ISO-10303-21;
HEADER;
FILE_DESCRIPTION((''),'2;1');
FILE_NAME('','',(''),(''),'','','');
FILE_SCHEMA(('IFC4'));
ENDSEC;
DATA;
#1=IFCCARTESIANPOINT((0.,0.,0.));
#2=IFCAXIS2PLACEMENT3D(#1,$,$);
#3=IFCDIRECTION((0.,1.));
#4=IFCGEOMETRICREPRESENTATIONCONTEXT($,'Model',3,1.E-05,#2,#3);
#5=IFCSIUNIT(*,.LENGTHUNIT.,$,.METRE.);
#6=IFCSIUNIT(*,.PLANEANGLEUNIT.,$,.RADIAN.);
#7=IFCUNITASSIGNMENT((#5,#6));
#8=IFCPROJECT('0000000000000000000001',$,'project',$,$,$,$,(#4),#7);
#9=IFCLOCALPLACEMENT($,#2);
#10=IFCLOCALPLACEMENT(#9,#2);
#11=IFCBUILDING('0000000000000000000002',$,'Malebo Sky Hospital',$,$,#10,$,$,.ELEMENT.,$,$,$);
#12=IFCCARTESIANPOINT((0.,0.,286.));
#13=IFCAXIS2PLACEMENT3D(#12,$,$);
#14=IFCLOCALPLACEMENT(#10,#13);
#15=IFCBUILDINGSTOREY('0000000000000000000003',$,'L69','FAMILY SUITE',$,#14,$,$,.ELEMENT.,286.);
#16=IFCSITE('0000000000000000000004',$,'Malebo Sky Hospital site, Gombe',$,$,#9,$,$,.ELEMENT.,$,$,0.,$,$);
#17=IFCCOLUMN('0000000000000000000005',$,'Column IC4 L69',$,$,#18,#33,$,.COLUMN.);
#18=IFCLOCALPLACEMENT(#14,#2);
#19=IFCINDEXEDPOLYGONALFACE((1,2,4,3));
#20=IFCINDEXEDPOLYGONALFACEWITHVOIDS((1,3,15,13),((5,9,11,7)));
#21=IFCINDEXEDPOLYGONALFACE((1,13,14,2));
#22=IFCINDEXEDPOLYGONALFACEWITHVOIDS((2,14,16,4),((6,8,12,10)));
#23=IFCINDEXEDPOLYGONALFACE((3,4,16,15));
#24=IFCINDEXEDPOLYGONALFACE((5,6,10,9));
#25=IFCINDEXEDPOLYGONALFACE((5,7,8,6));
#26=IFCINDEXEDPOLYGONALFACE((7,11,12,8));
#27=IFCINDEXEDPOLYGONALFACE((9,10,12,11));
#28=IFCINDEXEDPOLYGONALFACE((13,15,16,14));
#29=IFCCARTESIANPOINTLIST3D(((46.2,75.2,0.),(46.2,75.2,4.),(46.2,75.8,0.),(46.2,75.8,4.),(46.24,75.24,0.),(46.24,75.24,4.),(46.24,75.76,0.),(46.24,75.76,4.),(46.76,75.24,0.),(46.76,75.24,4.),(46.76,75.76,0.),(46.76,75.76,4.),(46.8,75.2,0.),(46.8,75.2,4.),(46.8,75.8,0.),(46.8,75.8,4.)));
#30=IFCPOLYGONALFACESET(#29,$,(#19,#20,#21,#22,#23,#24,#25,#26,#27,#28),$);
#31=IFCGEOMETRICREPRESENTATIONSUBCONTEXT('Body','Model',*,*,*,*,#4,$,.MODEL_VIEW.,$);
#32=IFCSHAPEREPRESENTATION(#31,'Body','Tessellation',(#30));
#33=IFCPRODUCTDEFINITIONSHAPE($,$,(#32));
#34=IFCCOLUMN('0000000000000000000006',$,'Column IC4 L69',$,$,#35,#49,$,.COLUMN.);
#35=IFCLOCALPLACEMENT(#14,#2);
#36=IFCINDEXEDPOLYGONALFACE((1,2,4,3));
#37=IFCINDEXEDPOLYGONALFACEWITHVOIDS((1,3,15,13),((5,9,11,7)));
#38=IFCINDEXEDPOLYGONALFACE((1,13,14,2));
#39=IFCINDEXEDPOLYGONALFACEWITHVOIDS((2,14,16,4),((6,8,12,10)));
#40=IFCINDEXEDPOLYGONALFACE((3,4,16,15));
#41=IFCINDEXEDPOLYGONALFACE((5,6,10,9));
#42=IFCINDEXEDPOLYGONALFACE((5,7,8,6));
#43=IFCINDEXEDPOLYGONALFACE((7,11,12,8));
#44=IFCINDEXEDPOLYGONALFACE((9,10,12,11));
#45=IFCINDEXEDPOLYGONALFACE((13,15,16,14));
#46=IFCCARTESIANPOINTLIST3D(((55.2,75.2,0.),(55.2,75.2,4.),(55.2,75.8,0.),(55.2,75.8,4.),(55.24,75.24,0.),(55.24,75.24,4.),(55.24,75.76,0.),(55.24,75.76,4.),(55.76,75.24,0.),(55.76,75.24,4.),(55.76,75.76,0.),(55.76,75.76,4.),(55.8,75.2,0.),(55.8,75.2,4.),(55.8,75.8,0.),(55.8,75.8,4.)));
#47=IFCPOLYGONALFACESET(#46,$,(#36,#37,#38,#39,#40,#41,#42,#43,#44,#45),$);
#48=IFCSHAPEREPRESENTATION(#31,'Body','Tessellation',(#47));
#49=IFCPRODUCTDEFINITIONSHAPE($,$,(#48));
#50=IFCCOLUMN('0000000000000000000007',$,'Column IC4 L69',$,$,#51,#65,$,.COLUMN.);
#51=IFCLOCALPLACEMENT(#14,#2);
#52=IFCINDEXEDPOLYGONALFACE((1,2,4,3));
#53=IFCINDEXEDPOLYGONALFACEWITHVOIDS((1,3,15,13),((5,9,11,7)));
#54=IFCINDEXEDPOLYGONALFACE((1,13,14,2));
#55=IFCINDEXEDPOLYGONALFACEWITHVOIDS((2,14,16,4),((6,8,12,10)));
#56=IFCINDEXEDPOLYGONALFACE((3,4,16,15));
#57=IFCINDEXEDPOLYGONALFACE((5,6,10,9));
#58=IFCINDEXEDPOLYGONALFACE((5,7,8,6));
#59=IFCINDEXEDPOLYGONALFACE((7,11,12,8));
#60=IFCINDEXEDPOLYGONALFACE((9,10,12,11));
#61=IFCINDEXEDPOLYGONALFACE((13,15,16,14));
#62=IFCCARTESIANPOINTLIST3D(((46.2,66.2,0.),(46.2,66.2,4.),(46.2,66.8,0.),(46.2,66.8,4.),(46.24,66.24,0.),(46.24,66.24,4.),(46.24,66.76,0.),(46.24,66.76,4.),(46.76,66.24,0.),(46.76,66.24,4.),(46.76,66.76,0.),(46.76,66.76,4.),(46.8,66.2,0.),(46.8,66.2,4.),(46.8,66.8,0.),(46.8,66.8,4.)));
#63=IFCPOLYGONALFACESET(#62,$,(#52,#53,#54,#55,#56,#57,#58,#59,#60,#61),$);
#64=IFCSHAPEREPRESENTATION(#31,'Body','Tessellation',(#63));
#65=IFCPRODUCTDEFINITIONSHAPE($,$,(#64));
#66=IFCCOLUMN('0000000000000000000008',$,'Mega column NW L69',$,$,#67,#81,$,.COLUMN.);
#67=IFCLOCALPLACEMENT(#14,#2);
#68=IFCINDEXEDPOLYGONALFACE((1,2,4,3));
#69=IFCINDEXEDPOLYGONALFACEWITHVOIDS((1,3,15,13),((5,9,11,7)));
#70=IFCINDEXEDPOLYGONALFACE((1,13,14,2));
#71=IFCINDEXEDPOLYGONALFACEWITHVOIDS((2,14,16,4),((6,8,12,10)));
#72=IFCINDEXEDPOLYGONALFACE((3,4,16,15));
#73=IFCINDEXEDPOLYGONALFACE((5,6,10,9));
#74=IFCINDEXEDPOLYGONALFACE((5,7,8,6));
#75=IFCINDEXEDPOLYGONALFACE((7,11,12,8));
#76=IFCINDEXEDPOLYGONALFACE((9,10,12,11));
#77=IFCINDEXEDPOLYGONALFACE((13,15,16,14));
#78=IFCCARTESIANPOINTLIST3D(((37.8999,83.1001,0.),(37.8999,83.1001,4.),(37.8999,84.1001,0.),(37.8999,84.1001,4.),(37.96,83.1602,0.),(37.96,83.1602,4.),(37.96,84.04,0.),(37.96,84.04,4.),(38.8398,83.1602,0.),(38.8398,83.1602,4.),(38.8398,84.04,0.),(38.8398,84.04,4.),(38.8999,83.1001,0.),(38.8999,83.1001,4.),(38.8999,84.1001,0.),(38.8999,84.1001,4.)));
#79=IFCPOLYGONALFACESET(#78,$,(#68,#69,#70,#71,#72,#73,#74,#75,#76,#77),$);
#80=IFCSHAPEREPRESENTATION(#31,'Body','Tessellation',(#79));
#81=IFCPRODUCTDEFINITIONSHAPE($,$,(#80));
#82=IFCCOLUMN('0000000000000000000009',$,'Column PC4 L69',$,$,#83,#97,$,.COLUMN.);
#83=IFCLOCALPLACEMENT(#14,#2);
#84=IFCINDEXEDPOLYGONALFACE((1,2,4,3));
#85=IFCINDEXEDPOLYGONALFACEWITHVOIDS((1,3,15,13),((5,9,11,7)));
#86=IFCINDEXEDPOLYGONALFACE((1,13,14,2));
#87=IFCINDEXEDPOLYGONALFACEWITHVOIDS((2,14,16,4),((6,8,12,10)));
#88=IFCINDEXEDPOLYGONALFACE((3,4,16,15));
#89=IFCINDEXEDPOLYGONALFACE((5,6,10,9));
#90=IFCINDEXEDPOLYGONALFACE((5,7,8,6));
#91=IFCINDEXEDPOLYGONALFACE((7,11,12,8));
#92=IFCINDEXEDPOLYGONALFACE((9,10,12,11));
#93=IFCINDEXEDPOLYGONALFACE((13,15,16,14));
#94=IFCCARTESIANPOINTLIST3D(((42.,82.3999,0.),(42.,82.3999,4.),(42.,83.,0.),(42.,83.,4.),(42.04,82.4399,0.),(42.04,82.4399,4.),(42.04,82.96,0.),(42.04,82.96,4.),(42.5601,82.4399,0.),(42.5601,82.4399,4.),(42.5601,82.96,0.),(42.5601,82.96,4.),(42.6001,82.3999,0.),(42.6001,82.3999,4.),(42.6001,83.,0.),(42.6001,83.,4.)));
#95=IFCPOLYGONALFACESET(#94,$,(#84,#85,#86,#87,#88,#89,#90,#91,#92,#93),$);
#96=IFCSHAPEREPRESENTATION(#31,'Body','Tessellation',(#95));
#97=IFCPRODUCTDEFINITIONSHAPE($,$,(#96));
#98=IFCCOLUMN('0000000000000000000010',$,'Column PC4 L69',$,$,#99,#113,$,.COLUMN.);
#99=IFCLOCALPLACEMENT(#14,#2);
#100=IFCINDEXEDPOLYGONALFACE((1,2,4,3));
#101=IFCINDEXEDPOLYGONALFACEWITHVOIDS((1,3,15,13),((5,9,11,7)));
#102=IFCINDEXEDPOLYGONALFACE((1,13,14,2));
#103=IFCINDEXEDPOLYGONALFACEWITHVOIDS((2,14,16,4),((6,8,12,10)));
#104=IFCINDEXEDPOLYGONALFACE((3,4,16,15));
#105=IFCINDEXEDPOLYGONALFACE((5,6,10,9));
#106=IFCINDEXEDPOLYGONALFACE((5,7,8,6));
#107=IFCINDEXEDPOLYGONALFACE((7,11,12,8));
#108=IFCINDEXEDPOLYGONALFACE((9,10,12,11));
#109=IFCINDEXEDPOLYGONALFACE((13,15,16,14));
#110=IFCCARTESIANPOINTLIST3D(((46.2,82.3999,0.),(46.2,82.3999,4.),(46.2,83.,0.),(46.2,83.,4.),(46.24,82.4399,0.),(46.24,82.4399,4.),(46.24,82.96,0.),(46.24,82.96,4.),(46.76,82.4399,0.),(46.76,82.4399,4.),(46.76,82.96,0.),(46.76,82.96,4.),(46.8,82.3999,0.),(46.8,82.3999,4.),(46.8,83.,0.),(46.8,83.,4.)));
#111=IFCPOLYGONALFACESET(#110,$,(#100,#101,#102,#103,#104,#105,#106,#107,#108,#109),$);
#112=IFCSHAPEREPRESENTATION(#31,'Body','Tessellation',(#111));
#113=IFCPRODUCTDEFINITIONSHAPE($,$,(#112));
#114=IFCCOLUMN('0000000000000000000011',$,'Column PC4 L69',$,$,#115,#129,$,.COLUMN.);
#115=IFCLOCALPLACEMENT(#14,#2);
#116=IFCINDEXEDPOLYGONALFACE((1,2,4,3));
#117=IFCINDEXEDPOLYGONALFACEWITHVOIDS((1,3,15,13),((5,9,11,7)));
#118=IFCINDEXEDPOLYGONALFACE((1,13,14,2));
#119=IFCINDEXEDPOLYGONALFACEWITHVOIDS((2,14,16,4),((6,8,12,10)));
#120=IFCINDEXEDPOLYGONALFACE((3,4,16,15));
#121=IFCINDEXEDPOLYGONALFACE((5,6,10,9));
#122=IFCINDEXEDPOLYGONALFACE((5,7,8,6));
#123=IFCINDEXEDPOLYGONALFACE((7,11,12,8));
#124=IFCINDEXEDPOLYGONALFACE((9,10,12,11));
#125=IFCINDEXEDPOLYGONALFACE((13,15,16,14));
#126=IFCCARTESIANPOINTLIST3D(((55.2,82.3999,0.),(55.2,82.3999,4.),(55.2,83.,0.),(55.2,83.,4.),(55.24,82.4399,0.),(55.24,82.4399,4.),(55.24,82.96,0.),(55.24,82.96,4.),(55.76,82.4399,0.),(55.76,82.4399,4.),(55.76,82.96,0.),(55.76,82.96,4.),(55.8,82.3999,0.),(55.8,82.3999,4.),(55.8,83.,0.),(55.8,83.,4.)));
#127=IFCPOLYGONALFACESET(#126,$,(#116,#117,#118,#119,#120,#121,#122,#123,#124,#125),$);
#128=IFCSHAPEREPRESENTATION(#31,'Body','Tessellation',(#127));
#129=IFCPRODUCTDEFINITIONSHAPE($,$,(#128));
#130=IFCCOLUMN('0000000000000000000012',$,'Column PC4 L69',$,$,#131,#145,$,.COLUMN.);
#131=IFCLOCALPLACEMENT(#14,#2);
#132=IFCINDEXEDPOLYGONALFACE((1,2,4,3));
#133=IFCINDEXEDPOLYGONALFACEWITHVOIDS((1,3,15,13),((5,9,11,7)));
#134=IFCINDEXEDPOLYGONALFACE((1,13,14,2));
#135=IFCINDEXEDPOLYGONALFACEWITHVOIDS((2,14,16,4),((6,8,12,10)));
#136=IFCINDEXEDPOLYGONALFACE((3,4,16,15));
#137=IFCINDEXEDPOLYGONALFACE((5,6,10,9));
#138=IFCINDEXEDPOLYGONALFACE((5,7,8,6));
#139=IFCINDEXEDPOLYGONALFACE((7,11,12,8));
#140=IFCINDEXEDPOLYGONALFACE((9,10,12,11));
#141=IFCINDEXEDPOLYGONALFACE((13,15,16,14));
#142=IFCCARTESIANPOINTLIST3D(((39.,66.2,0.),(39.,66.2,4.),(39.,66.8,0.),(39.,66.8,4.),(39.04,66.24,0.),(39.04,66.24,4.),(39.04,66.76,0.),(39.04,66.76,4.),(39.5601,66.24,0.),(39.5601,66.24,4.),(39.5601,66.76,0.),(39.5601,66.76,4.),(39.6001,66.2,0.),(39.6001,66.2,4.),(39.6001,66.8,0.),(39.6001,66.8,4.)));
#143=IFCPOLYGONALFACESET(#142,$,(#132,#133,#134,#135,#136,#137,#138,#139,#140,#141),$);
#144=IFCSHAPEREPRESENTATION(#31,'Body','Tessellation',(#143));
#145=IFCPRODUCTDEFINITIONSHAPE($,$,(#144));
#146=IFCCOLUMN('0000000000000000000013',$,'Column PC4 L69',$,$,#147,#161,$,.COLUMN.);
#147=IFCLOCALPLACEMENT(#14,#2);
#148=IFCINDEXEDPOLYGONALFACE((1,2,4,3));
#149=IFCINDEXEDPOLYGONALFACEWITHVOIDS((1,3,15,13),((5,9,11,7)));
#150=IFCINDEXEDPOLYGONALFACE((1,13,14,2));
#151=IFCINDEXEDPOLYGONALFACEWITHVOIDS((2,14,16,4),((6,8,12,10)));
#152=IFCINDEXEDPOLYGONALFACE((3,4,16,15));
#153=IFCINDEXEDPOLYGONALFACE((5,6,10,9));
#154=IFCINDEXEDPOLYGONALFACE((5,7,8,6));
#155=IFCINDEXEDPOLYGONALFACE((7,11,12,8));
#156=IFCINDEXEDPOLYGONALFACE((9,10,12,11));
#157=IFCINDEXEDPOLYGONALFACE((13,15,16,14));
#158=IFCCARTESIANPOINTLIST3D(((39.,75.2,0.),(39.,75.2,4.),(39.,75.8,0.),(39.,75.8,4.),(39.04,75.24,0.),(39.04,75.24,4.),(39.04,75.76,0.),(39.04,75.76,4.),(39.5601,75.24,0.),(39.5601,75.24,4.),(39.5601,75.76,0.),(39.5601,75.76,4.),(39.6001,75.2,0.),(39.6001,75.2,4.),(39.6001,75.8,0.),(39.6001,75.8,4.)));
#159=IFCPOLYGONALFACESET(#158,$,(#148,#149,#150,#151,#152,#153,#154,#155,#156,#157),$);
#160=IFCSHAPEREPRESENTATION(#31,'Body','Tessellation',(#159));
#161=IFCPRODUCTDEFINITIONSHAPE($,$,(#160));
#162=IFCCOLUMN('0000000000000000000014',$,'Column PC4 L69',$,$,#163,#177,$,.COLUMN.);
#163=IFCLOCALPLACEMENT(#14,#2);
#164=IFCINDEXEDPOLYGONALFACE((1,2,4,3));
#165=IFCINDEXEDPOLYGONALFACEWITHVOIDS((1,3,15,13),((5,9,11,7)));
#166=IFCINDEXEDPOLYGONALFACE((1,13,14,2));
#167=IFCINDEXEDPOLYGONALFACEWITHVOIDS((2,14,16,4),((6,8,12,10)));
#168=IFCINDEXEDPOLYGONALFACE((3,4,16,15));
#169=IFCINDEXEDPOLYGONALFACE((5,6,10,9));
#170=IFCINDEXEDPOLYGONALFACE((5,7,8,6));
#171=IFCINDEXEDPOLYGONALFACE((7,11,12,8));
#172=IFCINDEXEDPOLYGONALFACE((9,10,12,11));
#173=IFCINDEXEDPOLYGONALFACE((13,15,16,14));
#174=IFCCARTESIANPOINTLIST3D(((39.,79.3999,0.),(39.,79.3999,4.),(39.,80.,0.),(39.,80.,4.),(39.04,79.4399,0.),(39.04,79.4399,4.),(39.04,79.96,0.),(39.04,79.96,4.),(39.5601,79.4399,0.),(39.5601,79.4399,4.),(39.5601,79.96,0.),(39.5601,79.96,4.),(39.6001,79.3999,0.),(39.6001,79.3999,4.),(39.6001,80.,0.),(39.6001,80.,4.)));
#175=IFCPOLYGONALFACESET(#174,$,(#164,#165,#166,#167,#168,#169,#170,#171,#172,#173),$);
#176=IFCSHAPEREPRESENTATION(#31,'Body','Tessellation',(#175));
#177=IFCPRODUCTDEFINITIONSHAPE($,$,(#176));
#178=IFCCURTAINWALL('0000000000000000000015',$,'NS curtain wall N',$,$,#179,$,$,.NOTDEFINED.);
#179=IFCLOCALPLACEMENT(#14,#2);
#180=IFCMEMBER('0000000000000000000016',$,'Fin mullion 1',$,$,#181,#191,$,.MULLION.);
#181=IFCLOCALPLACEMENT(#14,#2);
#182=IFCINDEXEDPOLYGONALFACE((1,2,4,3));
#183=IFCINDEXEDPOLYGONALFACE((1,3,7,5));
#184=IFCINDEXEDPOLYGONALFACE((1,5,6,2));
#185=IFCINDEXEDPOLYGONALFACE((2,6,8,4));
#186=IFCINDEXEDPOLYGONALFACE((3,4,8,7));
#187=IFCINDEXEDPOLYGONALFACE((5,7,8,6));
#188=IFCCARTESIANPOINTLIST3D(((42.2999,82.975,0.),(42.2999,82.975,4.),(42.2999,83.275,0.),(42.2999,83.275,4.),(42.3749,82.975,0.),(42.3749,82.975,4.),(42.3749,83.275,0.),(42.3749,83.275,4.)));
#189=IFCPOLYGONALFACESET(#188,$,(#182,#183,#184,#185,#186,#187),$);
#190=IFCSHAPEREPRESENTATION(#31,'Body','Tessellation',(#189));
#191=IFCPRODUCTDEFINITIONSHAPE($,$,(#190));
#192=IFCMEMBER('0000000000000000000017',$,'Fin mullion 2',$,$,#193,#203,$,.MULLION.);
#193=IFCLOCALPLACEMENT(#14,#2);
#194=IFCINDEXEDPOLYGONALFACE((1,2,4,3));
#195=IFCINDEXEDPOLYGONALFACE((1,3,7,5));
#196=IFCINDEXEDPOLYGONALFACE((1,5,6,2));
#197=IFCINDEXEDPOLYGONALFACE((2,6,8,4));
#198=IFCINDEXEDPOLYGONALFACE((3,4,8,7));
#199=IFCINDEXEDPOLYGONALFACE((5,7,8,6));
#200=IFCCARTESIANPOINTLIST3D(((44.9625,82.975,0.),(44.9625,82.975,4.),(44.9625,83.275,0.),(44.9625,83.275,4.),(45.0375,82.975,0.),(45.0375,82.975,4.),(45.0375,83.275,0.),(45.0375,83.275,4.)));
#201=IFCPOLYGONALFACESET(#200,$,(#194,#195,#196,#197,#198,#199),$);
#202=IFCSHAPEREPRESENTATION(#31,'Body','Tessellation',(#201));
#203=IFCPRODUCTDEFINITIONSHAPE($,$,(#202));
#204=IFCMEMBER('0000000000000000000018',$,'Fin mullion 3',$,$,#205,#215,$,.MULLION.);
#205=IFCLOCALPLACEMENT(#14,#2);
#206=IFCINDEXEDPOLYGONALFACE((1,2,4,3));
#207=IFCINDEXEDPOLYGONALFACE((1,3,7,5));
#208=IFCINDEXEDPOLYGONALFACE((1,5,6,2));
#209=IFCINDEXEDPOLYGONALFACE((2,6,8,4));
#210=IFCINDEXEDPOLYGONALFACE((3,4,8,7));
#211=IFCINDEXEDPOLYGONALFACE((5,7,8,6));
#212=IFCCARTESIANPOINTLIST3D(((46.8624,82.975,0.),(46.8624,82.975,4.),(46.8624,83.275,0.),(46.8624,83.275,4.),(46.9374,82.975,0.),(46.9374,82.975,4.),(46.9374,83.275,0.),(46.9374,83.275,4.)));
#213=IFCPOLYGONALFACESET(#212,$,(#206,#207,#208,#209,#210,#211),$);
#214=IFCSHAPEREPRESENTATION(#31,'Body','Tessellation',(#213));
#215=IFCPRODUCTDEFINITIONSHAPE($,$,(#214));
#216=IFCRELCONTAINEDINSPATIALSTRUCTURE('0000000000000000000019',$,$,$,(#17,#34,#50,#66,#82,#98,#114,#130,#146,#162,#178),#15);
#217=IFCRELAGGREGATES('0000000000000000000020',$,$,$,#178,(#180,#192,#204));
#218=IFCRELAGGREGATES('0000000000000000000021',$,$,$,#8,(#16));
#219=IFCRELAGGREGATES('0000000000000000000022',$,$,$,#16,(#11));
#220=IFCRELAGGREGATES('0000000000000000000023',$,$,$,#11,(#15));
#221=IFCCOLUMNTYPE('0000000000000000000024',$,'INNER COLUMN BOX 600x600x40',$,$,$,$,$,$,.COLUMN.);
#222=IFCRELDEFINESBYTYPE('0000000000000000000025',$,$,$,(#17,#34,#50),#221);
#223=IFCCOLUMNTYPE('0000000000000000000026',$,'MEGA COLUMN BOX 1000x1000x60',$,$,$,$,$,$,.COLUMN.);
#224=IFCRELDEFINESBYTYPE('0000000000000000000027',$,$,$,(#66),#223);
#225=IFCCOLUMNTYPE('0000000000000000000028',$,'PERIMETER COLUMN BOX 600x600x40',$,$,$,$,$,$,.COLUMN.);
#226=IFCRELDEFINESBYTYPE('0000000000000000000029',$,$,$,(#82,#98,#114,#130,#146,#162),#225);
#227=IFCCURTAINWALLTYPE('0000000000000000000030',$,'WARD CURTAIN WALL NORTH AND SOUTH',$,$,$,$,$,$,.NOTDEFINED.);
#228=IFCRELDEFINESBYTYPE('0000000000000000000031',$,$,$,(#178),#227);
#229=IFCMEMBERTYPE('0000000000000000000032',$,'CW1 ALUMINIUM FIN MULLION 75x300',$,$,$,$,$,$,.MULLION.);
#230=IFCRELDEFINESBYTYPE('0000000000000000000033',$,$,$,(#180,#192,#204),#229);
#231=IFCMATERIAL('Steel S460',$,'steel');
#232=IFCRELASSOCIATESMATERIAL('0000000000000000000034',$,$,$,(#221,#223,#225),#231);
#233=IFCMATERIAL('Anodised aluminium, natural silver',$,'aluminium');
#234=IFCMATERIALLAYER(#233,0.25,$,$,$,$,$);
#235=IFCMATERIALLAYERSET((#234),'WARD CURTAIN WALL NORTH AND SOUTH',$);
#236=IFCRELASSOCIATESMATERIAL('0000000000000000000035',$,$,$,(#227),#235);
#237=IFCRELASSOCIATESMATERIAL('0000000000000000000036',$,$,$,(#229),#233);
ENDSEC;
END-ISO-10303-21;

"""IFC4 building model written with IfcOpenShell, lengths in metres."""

from ifc_helpers import new_model, si_unit, direction, frame, origin, origin_2d, place, context, subcontext, project, spatial, rectangle, hollow_rectangle, extrude, material, layer, layer_set, material_profile, profile_set, type_object, element, aggregate, save


model = new_model("IFC4")

# Units and contexts
model_context = context("Model", 3, precision=1e-05, world=origin(), true_north=direction((0.0, 1.0)))
body_context = subcontext(model_context, "Body", "Model", "MODEL_VIEW")
ifc_project = project(units=[si_unit("LENGTHUNIT", "METRE"), si_unit("PLANEANGLEUNIT", "RADIAN")], contexts=[model_context])

# Site, building, storey
site_placement = place(None, origin())
site = spatial("IfcSite", under=ifc_project, at=site_placement, Name="Malebo Sky Hospital site, Gombe", CompositionType="ELEMENT", RefElevation=0.0)
building_placement = place(site_placement, origin())
building = spatial("IfcBuilding", under=site, at=building_placement, Name="Malebo Sky Hospital", CompositionType="ELEMENT")
storey_placement = place(building_placement, frame((0.0, 0.0, 286.0)))
storey = spatial("IfcBuildingStorey", under=building, at=storey_placement, Name="L69", Description="FAMILY SUITE", CompositionType="ELEMENT", Elevation=286.0)

# Columns
ifc_material_1 = material(Name="Steel S460", Category="steel")
ifc_material_profile_1 = material_profile(ifc_material_1, hollow_rectangle(XDim=0.6001, YDim=0.6001, WallThickness=0.04, at=origin_2d()), Name="BOX 600x600x40")
ifc_profile_set_1 = profile_set([ifc_material_profile_1], Name="Steel S460")
column_type_1 = type_object("IfcColumnType", Name="INNER COLUMN BOX 600x600x40", PredefinedType="COLUMN", material=ifc_profile_set_1)
for number, where, z_axis, x_axis, name in (
    (1, (46.5, 75.5, 0.0), (0.0, 0.0, 1.0), (1.0, 0.0, 0.0), "Column IC4 L69"),
    (2, (55.5, 75.5, 0.0), (0.0, 0.0, 1.0), (1.0, 0.0, 0.0), "Column IC4 L69"),
    (3, (46.5, 66.5, 0.0), (0.0, 0.0, 1.0), (1.0, 0.0, 0.0), "Column IC4 L69"),
):
    element("IfcColumn", number, at=place(storey_placement, frame(where, z_axis=z_axis, x_axis=x_axis)), inside=storey, type_object=column_type_1, Name=name, PredefinedType="COLUMN", context=body_context, shape_type="SweptSolid", body=[
        extrude(hollow_rectangle(XDim=0.6001, YDim=0.6001, WallThickness=0.04, at=origin_2d()), origin(), (0.0, 0.0, 1.0), 4.0),
    ])
ifc_material_profile_2 = material_profile(ifc_material_1, hollow_rectangle(XDim=1.0, YDim=1.0, WallThickness=0.0601, at=origin_2d()), Name="BOX 1000x1000x60")
ifc_profile_set_2 = profile_set([ifc_material_profile_2], Name="Steel S460")
column_type_2 = type_object("IfcColumnType", Name="MEGA COLUMN BOX 1000x1000x60", PredefinedType="COLUMN", material=ifc_profile_set_2)
column_placement = place(storey_placement, frame((38.3999, 83.6001, 0.0), z_axis=(0.0, 0.0, 1.0), x_axis=(1.0, 0.0, 0.0)))
element("IfcColumn", 4, at=column_placement, inside=storey, type_object=column_type_2, Name="Mega column NW L69", PredefinedType="COLUMN", context=body_context, shape_type="SweptSolid", body=[
    extrude(hollow_rectangle(XDim=1.0, YDim=1.0, WallThickness=0.0601, at=origin_2d()), origin(), (0.0, 0.0, 1.0), 4.0),
])
ifc_material_profile_3 = material_profile(ifc_material_1, hollow_rectangle(XDim=0.6001, YDim=0.6001, WallThickness=0.04, at=origin_2d()), Name="BOX 600x600x40")
ifc_profile_set_3 = profile_set([ifc_material_profile_3], Name="Steel S460")
column_type_3 = type_object("IfcColumnType", Name="PERIMETER COLUMN BOX 600x600x40", PredefinedType="COLUMN", material=ifc_profile_set_3)
for number, where, z_axis, x_axis, name in (
    (5, (42.3, 82.7, 0.0), (0.0, 0.0, 1.0), (1.0, 0.0, 0.0), "Column PC4 L69"),
    (6, (46.5, 82.7, 0.0), (0.0, 0.0, 1.0), (1.0, 0.0, 0.0), "Column PC4 L69"),
    (7, (55.5, 82.7, 0.0), (0.0, 0.0, 1.0), (1.0, 0.0, 0.0), "Column PC4 L69"),
    (8, (39.3, 66.5, 0.0), (0.0, 0.0, 1.0), (1.0, 0.0, 0.0), "Column PC4 L69"),
    (9, (39.3, 75.5, 0.0), (0.0, 0.0, 1.0), (1.0, 0.0, 0.0), "Column PC4 L69"),
    (10, (39.3, 79.7, 0.0), (0.0, 0.0, 1.0), (1.0, 0.0, 0.0), "Column PC4 L69"),
):
    element("IfcColumn", number, at=place(storey_placement, frame(where, z_axis=z_axis, x_axis=x_axis)), inside=storey, type_object=column_type_3, Name=name, PredefinedType="COLUMN", context=body_context, shape_type="SweptSolid", body=[
        extrude(hollow_rectangle(XDim=0.6001, YDim=0.6001, WallThickness=0.04, at=origin_2d()), origin(), (0.0, 0.0, 1.0), 4.0),
    ])

# Curtain wall, members
ifc_material_2 = material(Name="Anodised aluminium, natural silver", Category="aluminium")
ifc_layer_1 = layer(ifc_material_2, 0.25)
ifc_layer_set_1 = layer_set([ifc_layer_1], Name="WARD CURTAIN WALL NORTH AND SOUTH")
curtain_wall_type_1 = type_object("IfcCurtainWallType", Name="WARD CURTAIN WALL NORTH AND SOUTH", PredefinedType="NOTDEFINED", material=ifc_layer_set_1)
curtain_wall_1_placement = place(storey_placement, origin())
curtain_wall_1 = element("IfcCurtainWall", 11, at=curtain_wall_1_placement, inside=storey, type_object=curtain_wall_type_1, Name="NS curtain wall N", PredefinedType="NOTDEFINED")
ifc_material_profile_4 = material_profile(ifc_material_2, rectangle(XDim=0.075, YDim=0.3, at=origin_2d()), Name="CW1 ALUMINIUM FIN MULLION 75x300")
ifc_profile_set_4 = profile_set([ifc_material_profile_4], Name="Anodised aluminium, natural silver")
member_type_1 = type_object("IfcMemberType", Name="CW1 ALUMINIUM FIN MULLION 75x300", PredefinedType="MULLION", material=ifc_profile_set_4)
member_1_placement = place(storey_placement, frame((42.3374, 83.125, 0.0), z_axis=(0.0, 0.0, 1.0), x_axis=(1.0, 0.0, 0.0)))
member_1 = element("IfcMember", 12, at=member_1_placement, type_object=member_type_1, Name="Fin mullion 1", PredefinedType="MULLION", context=body_context, shape_type="SweptSolid", body=[
    extrude(rectangle(XDim=0.075, YDim=0.3, at=origin_2d()), origin(), (0.0, 0.0, 1.0), 4.0),
])
member_2_placement = place(storey_placement, frame((45.0, 83.125, 0.0), z_axis=(0.0, 0.0, 1.0), x_axis=(1.0, 0.0, 0.0)))
member_2 = element("IfcMember", 13, at=member_2_placement, type_object=member_type_1, Name="Fin mullion 2", PredefinedType="MULLION", context=body_context, shape_type="SweptSolid", body=[
    extrude(rectangle(XDim=0.075, YDim=0.3, at=origin_2d()), origin(), (0.0, 0.0, 1.0), 4.0),
])
member_3_placement = place(storey_placement, frame((46.8999, 83.125, 0.0), z_axis=(0.0, 0.0, 1.0), x_axis=(1.0, 0.0, 0.0)))
member_3 = element("IfcMember", 14, at=member_3_placement, type_object=member_type_1, Name="Fin mullion 3", PredefinedType="MULLION", context=body_context, shape_type="SweptSolid", body=[
    extrude(rectangle(XDim=0.075, YDim=0.3, at=origin_2d()), origin(), (0.0, 0.0, 1.0), 4.0),
])
aggregate(curtain_wall_1, [member_1, member_2, member_3])

save(model, "model.ifc")
